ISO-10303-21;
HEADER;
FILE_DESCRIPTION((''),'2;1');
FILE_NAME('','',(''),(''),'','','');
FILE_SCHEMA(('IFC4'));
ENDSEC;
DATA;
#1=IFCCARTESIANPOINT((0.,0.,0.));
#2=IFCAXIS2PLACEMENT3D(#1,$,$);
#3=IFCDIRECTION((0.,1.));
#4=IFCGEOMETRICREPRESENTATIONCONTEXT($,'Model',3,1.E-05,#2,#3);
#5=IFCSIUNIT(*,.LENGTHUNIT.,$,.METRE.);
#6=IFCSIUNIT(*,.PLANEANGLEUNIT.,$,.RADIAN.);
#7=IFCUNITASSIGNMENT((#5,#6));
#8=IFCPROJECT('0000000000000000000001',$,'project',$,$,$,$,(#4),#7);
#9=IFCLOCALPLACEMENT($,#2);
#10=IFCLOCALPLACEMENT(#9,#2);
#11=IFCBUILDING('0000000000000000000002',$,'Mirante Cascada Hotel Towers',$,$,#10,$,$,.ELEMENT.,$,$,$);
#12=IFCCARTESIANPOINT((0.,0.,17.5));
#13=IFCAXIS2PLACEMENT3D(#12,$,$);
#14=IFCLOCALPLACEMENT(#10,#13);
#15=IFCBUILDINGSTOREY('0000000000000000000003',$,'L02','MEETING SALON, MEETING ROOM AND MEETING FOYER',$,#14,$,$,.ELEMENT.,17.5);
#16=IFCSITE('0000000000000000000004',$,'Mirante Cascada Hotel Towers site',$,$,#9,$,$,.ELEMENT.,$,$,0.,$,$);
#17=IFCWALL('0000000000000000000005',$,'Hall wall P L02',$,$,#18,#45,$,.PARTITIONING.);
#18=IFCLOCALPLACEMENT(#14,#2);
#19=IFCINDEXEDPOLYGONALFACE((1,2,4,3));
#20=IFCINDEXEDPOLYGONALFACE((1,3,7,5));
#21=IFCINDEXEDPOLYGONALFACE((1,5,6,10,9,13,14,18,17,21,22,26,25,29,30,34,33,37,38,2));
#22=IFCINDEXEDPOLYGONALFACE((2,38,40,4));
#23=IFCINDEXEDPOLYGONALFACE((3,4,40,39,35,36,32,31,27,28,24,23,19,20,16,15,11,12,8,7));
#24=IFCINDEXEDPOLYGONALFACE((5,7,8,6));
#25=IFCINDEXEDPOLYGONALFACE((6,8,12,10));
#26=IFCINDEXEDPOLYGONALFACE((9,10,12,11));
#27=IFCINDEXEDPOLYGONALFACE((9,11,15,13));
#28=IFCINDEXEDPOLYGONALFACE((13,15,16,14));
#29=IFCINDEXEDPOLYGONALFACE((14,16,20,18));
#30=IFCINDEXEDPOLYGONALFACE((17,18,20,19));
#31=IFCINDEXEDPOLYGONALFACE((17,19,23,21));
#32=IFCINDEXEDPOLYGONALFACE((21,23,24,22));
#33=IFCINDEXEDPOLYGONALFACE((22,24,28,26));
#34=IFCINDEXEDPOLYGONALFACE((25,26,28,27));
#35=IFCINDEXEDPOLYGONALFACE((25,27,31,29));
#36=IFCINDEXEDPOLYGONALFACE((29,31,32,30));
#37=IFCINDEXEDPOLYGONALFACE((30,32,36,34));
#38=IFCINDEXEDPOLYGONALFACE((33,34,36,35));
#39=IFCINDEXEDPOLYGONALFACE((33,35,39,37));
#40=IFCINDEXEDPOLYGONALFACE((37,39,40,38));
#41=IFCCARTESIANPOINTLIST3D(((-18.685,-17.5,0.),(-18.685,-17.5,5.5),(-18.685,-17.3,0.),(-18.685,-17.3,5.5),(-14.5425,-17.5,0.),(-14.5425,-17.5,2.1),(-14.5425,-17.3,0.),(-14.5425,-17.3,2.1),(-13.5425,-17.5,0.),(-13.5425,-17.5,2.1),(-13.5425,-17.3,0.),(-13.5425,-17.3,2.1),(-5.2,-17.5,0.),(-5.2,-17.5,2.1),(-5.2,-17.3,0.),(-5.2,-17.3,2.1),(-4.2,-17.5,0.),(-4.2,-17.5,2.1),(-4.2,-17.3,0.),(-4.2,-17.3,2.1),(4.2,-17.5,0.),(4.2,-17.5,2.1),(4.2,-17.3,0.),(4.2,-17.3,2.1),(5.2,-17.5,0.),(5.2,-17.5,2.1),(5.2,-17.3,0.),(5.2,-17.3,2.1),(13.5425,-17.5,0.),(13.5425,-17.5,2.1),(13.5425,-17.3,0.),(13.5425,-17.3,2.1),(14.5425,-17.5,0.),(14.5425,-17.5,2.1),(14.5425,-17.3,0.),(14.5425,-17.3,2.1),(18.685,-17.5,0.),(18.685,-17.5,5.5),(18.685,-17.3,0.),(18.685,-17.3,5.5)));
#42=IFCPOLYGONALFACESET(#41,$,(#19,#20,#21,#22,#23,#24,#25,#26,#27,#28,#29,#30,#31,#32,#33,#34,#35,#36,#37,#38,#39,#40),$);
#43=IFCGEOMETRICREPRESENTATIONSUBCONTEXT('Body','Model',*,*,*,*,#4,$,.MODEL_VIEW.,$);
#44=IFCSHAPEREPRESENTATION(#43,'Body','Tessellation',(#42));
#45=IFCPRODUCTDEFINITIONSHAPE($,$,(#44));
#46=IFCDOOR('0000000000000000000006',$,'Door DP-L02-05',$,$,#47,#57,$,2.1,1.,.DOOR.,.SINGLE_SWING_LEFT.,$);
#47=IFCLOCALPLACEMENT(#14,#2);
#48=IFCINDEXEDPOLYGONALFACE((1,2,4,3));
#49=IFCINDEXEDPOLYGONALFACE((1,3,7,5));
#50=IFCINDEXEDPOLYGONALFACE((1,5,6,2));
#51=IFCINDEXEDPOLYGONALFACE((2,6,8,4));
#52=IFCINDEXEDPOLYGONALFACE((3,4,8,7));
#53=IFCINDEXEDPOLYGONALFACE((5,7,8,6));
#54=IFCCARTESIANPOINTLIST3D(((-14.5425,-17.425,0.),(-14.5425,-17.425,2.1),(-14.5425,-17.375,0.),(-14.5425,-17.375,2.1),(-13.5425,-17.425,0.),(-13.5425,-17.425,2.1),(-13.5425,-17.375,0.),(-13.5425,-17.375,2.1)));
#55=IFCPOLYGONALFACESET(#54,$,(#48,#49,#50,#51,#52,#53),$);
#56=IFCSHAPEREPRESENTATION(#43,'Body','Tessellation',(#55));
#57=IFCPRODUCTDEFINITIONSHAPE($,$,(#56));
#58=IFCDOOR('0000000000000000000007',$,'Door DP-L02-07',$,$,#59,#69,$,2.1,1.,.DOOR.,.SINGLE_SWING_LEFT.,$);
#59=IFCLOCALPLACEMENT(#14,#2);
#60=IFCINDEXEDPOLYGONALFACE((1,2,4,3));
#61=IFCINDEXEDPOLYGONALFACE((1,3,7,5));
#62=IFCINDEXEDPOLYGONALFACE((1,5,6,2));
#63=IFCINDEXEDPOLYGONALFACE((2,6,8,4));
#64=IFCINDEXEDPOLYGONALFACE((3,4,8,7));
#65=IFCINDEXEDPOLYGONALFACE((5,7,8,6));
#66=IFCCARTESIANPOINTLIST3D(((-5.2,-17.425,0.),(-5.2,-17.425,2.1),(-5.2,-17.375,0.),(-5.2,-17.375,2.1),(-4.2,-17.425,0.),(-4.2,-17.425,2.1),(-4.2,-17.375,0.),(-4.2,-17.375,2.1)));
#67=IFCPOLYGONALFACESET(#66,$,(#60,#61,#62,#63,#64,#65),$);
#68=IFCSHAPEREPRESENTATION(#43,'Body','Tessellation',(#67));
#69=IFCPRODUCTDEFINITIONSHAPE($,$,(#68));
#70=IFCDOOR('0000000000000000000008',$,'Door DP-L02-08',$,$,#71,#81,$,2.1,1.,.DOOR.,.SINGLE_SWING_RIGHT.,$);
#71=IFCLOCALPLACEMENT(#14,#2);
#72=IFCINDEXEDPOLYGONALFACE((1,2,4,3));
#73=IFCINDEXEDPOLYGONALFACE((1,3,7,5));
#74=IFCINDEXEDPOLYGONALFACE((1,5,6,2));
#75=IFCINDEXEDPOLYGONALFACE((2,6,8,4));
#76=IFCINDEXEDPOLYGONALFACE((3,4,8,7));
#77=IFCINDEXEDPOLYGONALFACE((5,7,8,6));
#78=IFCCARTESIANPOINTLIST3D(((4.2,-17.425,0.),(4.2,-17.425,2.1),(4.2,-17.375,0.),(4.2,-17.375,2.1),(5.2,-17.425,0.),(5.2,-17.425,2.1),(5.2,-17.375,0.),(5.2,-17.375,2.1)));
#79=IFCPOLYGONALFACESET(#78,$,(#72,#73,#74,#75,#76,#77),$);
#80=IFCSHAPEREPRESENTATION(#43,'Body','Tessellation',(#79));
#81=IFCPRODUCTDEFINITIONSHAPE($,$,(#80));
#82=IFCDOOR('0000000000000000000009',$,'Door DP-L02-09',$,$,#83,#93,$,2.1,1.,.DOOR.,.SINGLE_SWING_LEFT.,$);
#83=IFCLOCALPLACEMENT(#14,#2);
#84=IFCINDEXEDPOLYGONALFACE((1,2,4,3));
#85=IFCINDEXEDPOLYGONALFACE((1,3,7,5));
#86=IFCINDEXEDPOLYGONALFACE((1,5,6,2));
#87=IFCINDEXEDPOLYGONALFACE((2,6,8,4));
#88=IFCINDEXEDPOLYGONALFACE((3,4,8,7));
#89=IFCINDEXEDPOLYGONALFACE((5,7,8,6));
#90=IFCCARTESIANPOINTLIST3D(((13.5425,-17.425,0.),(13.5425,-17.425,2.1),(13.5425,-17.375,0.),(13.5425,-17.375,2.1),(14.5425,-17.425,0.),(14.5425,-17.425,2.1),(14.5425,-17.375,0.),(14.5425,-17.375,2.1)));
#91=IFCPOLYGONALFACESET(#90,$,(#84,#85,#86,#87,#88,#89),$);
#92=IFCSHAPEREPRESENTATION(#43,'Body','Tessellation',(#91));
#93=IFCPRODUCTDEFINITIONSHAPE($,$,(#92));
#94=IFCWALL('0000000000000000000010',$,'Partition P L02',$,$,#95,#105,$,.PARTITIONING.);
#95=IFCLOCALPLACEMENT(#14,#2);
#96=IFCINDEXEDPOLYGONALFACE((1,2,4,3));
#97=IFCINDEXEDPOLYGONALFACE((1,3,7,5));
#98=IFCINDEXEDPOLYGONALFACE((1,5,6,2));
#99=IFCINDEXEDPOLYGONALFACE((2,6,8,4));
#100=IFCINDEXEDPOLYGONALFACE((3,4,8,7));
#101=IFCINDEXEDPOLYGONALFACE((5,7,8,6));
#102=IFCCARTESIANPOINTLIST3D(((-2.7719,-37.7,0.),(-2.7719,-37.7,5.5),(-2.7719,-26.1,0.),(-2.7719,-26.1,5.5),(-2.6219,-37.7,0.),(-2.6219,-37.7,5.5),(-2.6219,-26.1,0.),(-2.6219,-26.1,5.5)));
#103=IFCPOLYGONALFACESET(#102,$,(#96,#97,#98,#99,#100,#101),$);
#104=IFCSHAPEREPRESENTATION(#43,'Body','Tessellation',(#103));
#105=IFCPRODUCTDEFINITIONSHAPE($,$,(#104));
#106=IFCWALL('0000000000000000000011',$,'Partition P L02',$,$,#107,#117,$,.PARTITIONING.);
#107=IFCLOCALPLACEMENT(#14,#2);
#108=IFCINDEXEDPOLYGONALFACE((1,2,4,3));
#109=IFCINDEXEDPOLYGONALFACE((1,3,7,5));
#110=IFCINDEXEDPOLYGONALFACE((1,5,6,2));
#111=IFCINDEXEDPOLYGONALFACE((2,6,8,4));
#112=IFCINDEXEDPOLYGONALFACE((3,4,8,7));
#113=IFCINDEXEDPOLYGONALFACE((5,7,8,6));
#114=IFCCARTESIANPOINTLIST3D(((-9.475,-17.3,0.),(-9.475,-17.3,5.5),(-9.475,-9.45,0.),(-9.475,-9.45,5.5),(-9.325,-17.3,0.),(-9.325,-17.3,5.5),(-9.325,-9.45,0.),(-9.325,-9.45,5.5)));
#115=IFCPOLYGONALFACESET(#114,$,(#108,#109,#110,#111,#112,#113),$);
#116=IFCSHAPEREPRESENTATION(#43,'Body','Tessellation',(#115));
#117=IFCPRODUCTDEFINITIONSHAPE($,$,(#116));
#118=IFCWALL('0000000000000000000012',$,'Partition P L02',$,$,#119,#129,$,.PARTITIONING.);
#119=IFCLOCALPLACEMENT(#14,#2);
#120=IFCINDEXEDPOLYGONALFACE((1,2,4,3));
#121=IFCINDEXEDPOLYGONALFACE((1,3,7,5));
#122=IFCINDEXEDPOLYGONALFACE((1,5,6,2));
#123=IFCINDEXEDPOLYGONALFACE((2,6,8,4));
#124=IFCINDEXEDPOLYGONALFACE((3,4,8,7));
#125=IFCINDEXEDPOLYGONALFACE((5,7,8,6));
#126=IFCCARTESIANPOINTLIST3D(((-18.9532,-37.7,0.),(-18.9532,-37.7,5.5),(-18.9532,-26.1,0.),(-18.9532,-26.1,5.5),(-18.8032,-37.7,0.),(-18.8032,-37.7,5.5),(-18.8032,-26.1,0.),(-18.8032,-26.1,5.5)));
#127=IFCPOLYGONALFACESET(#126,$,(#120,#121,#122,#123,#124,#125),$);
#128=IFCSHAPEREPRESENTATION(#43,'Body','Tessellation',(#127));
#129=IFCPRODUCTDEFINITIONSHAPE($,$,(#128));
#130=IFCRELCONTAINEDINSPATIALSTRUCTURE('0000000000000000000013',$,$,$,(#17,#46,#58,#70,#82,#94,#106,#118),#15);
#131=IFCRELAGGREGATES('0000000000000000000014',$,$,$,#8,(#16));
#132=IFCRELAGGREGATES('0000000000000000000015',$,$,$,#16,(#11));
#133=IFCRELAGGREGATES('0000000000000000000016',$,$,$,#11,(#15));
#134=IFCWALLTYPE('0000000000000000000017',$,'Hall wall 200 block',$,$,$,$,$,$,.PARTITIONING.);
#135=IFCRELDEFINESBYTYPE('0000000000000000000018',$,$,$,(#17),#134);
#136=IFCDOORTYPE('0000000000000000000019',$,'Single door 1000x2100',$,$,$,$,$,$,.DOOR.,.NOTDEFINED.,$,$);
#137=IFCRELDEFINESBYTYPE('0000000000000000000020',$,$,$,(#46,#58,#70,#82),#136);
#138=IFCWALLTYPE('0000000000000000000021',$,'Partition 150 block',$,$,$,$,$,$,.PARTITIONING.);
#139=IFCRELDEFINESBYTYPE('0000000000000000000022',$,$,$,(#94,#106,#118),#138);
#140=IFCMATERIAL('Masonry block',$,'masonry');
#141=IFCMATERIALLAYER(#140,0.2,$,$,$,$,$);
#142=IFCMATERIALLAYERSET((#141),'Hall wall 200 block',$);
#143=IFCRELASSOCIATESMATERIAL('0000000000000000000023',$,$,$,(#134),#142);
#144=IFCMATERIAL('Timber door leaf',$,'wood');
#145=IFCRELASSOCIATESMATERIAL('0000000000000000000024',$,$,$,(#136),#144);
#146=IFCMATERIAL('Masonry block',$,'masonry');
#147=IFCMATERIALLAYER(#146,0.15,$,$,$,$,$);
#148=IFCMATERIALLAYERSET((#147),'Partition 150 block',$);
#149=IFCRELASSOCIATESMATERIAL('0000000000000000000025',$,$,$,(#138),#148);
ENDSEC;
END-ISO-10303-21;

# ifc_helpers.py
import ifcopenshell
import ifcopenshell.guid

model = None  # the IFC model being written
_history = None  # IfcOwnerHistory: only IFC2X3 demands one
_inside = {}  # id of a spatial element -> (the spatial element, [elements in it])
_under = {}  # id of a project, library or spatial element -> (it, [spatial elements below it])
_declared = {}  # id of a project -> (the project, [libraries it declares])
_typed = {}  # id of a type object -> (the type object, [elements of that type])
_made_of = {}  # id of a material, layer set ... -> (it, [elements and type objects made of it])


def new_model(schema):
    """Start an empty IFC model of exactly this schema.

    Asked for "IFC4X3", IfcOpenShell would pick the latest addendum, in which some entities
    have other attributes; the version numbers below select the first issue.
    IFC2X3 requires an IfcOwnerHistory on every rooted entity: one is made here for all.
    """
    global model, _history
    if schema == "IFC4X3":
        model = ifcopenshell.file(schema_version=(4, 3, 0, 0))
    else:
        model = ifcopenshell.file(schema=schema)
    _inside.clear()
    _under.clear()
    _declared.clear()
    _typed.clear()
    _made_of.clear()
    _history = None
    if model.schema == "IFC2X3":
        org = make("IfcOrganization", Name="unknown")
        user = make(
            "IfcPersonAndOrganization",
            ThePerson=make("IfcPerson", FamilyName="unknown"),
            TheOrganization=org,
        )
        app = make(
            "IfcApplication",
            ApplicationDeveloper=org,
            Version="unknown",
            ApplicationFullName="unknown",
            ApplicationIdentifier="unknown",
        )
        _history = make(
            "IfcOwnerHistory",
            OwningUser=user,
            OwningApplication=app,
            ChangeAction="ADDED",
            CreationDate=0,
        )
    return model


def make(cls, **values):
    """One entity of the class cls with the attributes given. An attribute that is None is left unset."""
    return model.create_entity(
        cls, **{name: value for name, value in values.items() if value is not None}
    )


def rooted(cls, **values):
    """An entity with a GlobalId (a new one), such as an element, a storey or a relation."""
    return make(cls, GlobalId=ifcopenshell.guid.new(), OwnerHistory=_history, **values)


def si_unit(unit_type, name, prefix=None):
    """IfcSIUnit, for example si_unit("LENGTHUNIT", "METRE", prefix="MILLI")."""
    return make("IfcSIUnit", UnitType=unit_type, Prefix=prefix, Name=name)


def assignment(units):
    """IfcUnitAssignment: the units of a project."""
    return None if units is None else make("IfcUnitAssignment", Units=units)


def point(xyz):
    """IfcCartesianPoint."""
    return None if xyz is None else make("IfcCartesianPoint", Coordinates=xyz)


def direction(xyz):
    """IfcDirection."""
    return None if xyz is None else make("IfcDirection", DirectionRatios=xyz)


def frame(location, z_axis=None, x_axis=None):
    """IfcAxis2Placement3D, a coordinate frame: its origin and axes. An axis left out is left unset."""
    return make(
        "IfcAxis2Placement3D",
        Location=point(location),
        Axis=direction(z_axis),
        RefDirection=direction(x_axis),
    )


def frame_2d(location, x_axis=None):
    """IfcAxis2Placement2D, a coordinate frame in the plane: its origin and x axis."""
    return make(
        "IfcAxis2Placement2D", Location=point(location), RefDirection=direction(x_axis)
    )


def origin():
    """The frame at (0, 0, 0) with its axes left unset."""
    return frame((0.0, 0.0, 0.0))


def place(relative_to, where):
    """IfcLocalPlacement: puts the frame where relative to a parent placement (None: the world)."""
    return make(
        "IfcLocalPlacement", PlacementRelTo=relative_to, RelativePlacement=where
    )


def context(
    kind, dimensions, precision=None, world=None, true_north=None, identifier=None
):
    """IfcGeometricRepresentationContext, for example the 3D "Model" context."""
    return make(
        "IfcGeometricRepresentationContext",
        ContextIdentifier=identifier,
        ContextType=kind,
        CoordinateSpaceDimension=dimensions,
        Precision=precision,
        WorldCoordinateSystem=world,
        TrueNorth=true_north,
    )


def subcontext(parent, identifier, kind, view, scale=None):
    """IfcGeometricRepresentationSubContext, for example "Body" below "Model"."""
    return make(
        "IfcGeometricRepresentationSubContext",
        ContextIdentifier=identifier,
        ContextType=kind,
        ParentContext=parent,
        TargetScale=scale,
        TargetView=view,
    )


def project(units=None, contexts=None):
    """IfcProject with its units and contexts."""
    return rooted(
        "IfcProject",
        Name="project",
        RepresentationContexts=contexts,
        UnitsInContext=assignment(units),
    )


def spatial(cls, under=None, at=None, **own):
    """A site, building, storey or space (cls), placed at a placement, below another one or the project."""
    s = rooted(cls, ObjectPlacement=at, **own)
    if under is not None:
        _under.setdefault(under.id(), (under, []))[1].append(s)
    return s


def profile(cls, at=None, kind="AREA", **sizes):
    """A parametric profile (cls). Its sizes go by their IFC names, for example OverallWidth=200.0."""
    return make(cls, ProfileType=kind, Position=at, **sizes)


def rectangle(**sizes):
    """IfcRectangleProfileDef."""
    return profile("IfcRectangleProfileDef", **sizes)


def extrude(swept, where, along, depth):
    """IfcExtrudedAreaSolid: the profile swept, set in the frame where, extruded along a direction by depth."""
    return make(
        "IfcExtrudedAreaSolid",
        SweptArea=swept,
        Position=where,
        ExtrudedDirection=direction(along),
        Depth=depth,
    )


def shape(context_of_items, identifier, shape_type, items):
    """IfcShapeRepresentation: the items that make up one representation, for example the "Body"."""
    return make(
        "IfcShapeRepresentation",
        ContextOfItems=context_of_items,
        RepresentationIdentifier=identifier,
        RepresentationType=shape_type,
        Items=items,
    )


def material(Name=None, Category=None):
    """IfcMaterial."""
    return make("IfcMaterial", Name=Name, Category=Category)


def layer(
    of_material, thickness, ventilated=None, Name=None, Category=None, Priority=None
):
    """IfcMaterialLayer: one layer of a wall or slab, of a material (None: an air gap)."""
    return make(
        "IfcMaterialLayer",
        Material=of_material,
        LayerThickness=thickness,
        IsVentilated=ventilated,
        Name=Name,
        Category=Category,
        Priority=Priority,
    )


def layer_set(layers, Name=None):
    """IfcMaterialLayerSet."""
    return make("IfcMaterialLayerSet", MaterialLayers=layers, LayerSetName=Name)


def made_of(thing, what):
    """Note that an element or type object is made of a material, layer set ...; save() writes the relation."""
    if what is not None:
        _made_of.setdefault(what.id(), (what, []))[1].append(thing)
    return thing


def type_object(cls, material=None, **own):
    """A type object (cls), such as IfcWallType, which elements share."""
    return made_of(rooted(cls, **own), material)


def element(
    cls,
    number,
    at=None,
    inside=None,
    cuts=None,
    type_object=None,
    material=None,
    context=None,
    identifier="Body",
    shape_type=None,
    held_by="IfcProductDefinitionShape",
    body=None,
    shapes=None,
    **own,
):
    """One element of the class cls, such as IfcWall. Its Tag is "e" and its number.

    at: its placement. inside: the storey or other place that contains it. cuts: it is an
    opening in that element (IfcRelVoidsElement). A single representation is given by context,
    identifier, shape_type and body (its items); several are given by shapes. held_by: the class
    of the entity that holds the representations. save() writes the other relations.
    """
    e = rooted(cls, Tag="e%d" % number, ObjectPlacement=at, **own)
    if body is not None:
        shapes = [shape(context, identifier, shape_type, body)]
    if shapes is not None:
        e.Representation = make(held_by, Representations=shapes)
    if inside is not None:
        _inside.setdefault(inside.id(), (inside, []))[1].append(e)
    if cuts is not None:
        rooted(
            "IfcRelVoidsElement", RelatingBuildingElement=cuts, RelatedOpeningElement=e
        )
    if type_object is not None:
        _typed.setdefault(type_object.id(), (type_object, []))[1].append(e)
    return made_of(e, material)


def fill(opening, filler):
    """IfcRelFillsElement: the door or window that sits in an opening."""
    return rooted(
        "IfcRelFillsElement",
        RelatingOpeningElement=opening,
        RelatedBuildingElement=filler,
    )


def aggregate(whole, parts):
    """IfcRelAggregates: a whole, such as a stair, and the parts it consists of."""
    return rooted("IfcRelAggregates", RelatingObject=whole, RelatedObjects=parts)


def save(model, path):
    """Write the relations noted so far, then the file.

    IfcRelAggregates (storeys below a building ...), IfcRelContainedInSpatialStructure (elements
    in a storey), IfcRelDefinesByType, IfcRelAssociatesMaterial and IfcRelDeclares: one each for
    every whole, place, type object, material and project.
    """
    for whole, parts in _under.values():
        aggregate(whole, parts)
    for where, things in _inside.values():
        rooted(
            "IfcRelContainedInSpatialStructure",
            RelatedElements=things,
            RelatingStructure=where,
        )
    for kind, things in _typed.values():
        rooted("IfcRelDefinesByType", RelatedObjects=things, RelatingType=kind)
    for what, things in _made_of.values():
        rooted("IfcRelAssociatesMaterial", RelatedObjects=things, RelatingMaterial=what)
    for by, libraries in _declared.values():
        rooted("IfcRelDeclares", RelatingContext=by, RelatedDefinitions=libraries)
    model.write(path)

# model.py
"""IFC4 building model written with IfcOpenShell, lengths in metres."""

from ifc_helpers import new_model, si_unit, direction, frame, frame_2d, origin, place, context, subcontext, project, spatial, rectangle, extrude, material, layer, layer_set, type_object, element, fill, save


model = new_model("IFC4")

# Units and contexts
model_context = context("Model", 3, precision=1e-05, world=origin(), true_north=direction((0.0, 1.0)))
body_context = subcontext(model_context, "Body", "Model", "MODEL_VIEW")
ifc_project = project(units=[si_unit("LENGTHUNIT", "METRE"), si_unit("PLANEANGLEUNIT", "RADIAN")], contexts=[model_context])

# Site, building, storey
site_placement = place(None, origin())
site = spatial("IfcSite", under=ifc_project, at=site_placement, Name="Mirante Cascada Hotel Towers site", CompositionType="ELEMENT", RefElevation=0.0)
building_placement = place(site_placement, origin())
building = spatial("IfcBuilding", under=site, at=building_placement, Name="Mirante Cascada Hotel Towers", CompositionType="ELEMENT")
storey_placement = place(building_placement, frame((0.0, 0.0, 17.5)))
storey = spatial("IfcBuildingStorey", under=building, at=storey_placement, Name="L02", Description="MEETING SALON, MEETING ROOM AND MEETING FOYER", CompositionType="ELEMENT", Elevation=17.5)

# Wall, openings, doors
ifc_material_1 = material(Name="Masonry block", Category="masonry")
ifc_layer_1 = layer(ifc_material_1, 0.2)
ifc_layer_set_1 = layer_set([ifc_layer_1], Name="Hall wall 200 block")
wall_type_1 = type_object("IfcWallType", Name="Hall wall 200 block", PredefinedType="PARTITIONING", material=ifc_layer_set_1)
wall_1_placement = place(storey_placement, frame((-18.685, -17.4, 0.0), z_axis=(0.0, 0.0, 1.0), x_axis=(1.0, 0.0, 0.0)))
wall_1 = element("IfcWall", 1, at=wall_1_placement, inside=storey, type_object=wall_type_1, Name="Hall wall P L02", PredefinedType="PARTITIONING", context=body_context, shape_type="SweptSolid", body=[
    extrude(rectangle(XDim=37.37, YDim=0.2, at=frame_2d((18.685, 0.0))), origin(), (0.0, 0.0, 1.0), 5.5),
])
opening_1_placement = place(wall_1_placement, frame((4.1425, 0.0, 0.0)))
opening_1 = element("IfcOpeningElement", 2, at=opening_1_placement, cuts=wall_1, PredefinedType="OPENING", context=body_context, shape_type="SweptSolid", body=[
    extrude(rectangle(XDim=1.0, YDim=2.1, at=frame_2d((0.5, 1.05))), frame((0.0, 0.1, 0.0), z_axis=(0.0, -1.0, 0.0), x_axis=(1.0, 0.0, 0.0)), (0.0, 0.0, 1.0), 0.2),
])
opening_2_placement = place(wall_1_placement, frame((13.485, 0.0, 0.0)))
opening_2 = element("IfcOpeningElement", 3, at=opening_2_placement, cuts=wall_1, PredefinedType="OPENING", context=body_context, shape_type="SweptSolid", body=[
    extrude(rectangle(XDim=1.0, YDim=2.1, at=frame_2d((0.5, 1.05))), frame((0.0, 0.1, 0.0), z_axis=(0.0, -1.0, 0.0), x_axis=(1.0, 0.0, 0.0)), (0.0, 0.0, 1.0), 0.2),
])
opening_3_placement = place(wall_1_placement, frame((22.885, 0.0, 0.0)))
opening_3 = element("IfcOpeningElement", 4, at=opening_3_placement, cuts=wall_1, PredefinedType="OPENING", context=body_context, shape_type="SweptSolid", body=[
    extrude(rectangle(XDim=1.0, YDim=2.1, at=frame_2d((0.5, 1.05))), frame((0.0, 0.1, 0.0), z_axis=(0.0, -1.0, 0.0), x_axis=(1.0, 0.0, 0.0)), (0.0, 0.0, 1.0), 0.2),
])
opening_4_placement = place(wall_1_placement, frame((32.2275, 0.0, 0.0)))
opening_4 = element("IfcOpeningElement", 5, at=opening_4_placement, cuts=wall_1, PredefinedType="OPENING", context=body_context, shape_type="SweptSolid", body=[
    extrude(rectangle(XDim=1.0, YDim=2.1, at=frame_2d((0.5, 1.05))), frame((0.0, 0.1, 0.0), z_axis=(0.0, -1.0, 0.0), x_axis=(1.0, 0.0, 0.0)), (0.0, 0.0, 1.0), 0.2),
])
ifc_material_2 = material(Name="Timber door leaf", Category="wood")
door_type_1 = type_object("IfcDoorType", Name="Single door 1000x2100", OperationType="NOTDEFINED", PredefinedType="DOOR", material=ifc_material_2)
door_1_placement = place(opening_1_placement, frame((1.0, 0.0, 0.0), z_axis=(0.0, 0.0, 1.0), x_axis=(-1.0, 0.0, 0.0)))
door_1 = element("IfcDoor", 6, at=door_1_placement, inside=storey, type_object=door_type_1, Name="Door DP-L02-05", OperationType="SINGLE_SWING_LEFT", OverallHeight=2.1, OverallWidth=1.0, PredefinedType="DOOR", context=body_context, shape_type="SweptSolid", body=[
    extrude(rectangle(XDim=1.0, YDim=2.1, at=frame_2d((0.5, 1.05))), frame((0.0, 0.025, 0.0), z_axis=(0.0, -1.0, 0.0), x_axis=(1.0, 0.0, 0.0)), (0.0, 0.0, 1.0), 0.05),
])
fill(opening_1, door_1)
door_2_placement = place(opening_2_placement, frame((1.0, 0.0, 0.0), z_axis=(0.0, 0.0, 1.0), x_axis=(-1.0, 0.0, 0.0)))
door_2 = element("IfcDoor", 7, at=door_2_placement, inside=storey, type_object=door_type_1, Name="Door DP-L02-07", OperationType="SINGLE_SWING_LEFT", OverallHeight=2.1, OverallWidth=1.0, PredefinedType="DOOR", context=body_context, shape_type="SweptSolid", body=[
    extrude(rectangle(XDim=1.0, YDim=2.1, at=frame_2d((0.5, 1.05))), frame((0.0, 0.025, 0.0), z_axis=(0.0, -1.0, 0.0), x_axis=(1.0, 0.0, 0.0)), (0.0, 0.0, 1.0), 0.05),
])
fill(opening_2, door_2)
door_3_placement = place(opening_3_placement, frame((1.0, 0.0, 0.0), z_axis=(0.0, 0.0, 1.0), x_axis=(-1.0, 0.0, 0.0)))
door_3 = element("IfcDoor", 8, at=door_3_placement, inside=storey, type_object=door_type_1, Name="Door DP-L02-08", OperationType="SINGLE_SWING_RIGHT", OverallHeight=2.1, OverallWidth=1.0, PredefinedType="DOOR", context=body_context, shape_type="SweptSolid", body=[
    extrude(rectangle(XDim=1.0, YDim=2.1, at=frame_2d((0.5, 1.05))), frame((0.0, 0.025, 0.0), z_axis=(0.0, -1.0, 0.0), x_axis=(1.0, 0.0, 0.0)), (0.0, 0.0, 1.0), 0.05),
])
fill(opening_3, door_3)
door_4_placement = place(opening_4_placement, frame((1.0, 0.0, 0.0), z_axis=(0.0, 0.0, 1.0), x_axis=(-1.0, 0.0, 0.0)))
door_4 = element("IfcDoor", 9, at=door_4_placement, inside=storey, type_object=door_type_1, Name="Door DP-L02-09", OperationType="SINGLE_SWING_LEFT", OverallHeight=2.1, OverallWidth=1.0, PredefinedType="DOOR", context=body_context, shape_type="SweptSolid", body=[
    extrude(rectangle(XDim=1.0, YDim=2.1, at=frame_2d((0.5, 1.05))), frame((0.0, 0.025, 0.0), z_axis=(0.0, -1.0, 0.0), x_axis=(1.0, 0.0, 0.0)), (0.0, 0.0, 1.0), 0.05),
])
fill(opening_4, door_4)

# Walls
ifc_material_3 = material(Name="Masonry block", Category="masonry")
ifc_layer_2 = layer(ifc_material_3, 0.15)
ifc_layer_set_2 = layer_set([ifc_layer_2], Name="Partition 150 block")
wall_type_2 = type_object("IfcWallType", Name="Partition 150 block", PredefinedType="PARTITIONING", material=ifc_layer_set_2)
wall_2_placement = place(storey_placement, frame((-2.6969, -37.7, 0.0), z_axis=(0.0, 0.0, 1.0), x_axis=(0.0, 1.0, 0.0)))
element("IfcWall", 10, at=wall_2_placement, inside=storey, type_object=wall_type_2, Name="Partition P L02", PredefinedType="PARTITIONING", context=body_context, shape_type="SweptSolid", body=[
    extrude(rectangle(XDim=11.6, YDim=0.15, at=frame_2d((5.8, 0.0))), origin(), (0.0, 0.0, 1.0), 5.5),
])
wall_3_placement = place(storey_placement, frame((-9.4, -17.3, 0.0), z_axis=(0.0, 0.0, 1.0), x_axis=(0.0, 1.0, 0.0)))
element("IfcWall", 11, at=wall_3_placement, inside=storey, type_object=wall_type_2, Name="Partition P L02", PredefinedType="PARTITIONING", context=body_context, shape_type="SweptSolid", body=[
    extrude(rectangle(XDim=7.85, YDim=0.15, at=frame_2d((3.925, 0.0))), origin(), (0.0, 0.0, 1.0), 5.5),
])
wall_4_placement = place(storey_placement, frame((-18.8782, -37.7, 0.0), z_axis=(0.0, 0.0, 1.0), x_axis=(0.0, 1.0, 0.0)))
element("IfcWall", 12, at=wall_4_placement, inside=storey, type_object=wall_type_2, Name="Partition P L02", PredefinedType="PARTITIONING", context=body_context, shape_type="SweptSolid", body=[
    extrude(rectangle(XDim=11.6, YDim=0.15, at=frame_2d((5.8, 0.0))), origin(), (0.0, 0.0, 1.0), 5.5),
])

save(model, "model.ifc")
